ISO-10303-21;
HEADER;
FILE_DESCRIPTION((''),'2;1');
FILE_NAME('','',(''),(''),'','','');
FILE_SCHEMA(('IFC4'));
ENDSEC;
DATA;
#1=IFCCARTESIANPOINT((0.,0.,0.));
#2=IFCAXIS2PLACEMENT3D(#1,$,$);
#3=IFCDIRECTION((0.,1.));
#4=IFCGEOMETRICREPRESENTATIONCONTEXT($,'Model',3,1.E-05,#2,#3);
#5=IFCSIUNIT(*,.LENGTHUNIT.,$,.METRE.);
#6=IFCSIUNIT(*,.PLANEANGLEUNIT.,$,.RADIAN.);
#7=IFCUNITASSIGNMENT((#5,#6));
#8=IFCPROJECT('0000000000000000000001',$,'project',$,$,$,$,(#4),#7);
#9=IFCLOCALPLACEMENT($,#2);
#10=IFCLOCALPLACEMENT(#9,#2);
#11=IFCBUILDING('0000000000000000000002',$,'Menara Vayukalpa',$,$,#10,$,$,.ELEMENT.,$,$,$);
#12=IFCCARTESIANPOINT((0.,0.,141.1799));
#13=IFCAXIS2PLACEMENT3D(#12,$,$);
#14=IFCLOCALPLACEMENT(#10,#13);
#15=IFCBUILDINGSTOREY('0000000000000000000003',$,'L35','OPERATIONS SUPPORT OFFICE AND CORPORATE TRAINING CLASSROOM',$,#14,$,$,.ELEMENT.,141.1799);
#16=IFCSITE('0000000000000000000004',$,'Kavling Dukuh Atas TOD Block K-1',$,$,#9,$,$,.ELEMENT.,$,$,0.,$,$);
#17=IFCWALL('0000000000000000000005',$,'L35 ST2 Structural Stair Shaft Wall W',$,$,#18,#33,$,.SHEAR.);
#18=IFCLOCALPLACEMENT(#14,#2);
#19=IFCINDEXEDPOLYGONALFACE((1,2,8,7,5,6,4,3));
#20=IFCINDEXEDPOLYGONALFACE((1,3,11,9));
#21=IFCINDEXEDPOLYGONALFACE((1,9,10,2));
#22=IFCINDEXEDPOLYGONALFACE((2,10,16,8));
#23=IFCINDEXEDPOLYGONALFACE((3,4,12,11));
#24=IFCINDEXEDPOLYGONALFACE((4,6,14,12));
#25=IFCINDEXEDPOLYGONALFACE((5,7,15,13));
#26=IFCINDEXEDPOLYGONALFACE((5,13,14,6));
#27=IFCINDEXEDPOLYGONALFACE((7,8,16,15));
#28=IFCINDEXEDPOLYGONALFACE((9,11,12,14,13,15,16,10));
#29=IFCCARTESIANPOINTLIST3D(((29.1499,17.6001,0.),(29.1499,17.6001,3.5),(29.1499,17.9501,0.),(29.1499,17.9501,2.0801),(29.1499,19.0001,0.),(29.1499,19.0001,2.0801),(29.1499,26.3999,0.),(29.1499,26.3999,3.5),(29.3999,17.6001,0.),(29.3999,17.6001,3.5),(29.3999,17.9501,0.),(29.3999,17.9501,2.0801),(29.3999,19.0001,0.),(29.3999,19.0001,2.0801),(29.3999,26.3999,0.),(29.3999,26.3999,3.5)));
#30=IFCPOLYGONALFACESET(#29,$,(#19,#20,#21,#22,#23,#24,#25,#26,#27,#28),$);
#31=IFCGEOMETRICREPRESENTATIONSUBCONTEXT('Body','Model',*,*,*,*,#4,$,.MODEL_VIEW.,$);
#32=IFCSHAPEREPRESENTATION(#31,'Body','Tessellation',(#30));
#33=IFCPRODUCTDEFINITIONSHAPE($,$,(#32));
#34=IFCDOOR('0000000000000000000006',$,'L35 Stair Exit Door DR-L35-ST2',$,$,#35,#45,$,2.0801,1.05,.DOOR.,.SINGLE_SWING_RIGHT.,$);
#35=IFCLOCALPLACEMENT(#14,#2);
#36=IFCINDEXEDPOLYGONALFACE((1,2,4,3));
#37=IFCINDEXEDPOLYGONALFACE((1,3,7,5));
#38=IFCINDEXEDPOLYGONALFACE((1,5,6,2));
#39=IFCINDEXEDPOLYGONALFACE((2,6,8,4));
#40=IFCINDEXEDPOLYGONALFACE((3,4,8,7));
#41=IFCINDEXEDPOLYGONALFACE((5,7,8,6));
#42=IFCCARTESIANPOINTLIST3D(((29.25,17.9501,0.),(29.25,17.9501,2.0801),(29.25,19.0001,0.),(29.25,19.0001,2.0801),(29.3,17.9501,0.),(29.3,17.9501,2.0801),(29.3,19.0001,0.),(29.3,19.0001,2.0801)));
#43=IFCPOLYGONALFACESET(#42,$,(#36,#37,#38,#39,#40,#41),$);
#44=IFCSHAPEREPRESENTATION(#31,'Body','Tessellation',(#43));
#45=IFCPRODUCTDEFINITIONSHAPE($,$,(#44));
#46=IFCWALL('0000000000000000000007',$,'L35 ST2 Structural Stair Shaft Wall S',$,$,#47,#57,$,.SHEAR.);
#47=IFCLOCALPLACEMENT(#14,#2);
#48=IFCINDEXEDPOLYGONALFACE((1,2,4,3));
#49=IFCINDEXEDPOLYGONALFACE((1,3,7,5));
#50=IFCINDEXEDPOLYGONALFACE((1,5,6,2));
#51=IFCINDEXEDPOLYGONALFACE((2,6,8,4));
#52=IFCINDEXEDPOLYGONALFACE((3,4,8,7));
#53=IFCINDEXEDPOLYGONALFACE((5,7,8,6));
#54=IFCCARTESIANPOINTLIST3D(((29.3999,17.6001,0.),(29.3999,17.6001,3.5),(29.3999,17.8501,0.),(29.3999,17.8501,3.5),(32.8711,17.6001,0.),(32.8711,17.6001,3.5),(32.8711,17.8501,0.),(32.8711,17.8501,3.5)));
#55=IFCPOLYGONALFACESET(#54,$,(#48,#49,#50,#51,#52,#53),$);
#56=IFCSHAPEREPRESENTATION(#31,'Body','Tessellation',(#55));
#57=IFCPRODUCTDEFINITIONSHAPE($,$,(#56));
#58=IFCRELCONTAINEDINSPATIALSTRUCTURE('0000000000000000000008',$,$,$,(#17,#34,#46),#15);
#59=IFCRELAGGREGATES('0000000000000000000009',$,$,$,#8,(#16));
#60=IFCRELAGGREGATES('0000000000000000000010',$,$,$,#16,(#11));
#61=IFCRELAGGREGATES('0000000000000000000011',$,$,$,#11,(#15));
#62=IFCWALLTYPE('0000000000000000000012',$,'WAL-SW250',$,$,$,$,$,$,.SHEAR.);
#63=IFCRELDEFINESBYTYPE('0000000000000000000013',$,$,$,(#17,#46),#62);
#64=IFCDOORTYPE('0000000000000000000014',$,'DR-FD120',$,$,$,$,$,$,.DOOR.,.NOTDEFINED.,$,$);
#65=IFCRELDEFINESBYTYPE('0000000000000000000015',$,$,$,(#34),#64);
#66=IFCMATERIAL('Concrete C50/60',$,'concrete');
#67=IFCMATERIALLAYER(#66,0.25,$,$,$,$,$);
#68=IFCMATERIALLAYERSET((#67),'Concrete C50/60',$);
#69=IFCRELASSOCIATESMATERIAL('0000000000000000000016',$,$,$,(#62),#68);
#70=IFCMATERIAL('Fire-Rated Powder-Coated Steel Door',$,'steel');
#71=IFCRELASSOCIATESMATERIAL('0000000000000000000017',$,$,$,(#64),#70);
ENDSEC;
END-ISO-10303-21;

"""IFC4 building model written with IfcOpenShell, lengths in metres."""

from ifc_helpers import new_model, si_unit, direction, frame, frame_2d, origin, place, context, subcontext, project, spatial, rectangle, extrude, material, layer, layer_set, type_object, element, fill, save


model = new_model("IFC4")

# Units and contexts
model_context = context("Model", 3, precision=1e-05, world=origin(), true_north=direction((0.0, 1.0)))
body_context = subcontext(model_context, "Body", "Model", "MODEL_VIEW")
ifc_project = project(units=[si_unit("LENGTHUNIT", "METRE"), si_unit("PLANEANGLEUNIT", "RADIAN")], contexts=[model_context])

# Site, building, storey
site_placement = place(None, origin())
site = spatial("IfcSite", under=ifc_project, at=site_placement, Name="Kavling Dukuh Atas TOD Block K-1", CompositionType="ELEMENT", RefElevation=0.0)
building_placement = place(site_placement, origin())
building = spatial("IfcBuilding", under=site, at=building_placement, Name="Menara Vayukalpa", CompositionType="ELEMENT")
storey_placement = place(building_placement, frame((0.0, 0.0, 141.1799)))
storey = spatial("IfcBuildingStorey", under=building, at=storey_placement, Name="L35", Description="OPERATIONS SUPPORT OFFICE AND CORPORATE TRAINING CLASSROOM", CompositionType="ELEMENT", Elevation=141.1799)

# Wall, opening, door
ifc_material_1 = material(Name="Concrete C50/60", Category="concrete")
ifc_layer_1 = layer(ifc_material_1, 0.25)
ifc_layer_set_1 = layer_set([ifc_layer_1], Name="Concrete C50/60")
wall_type_1 = type_object("IfcWallType", Name="WAL-SW250", PredefinedType="SHEAR", material=ifc_layer_set_1)
wall_1_placement = place(storey_placement, frame((29.2749, 17.6001, 0.0), z_axis=(0.0, 0.0, 1.0), x_axis=(0.0, 1.0, 0.0)))
wall_1 = element("IfcWall", 1, at=wall_1_placement, inside=storey, type_object=wall_type_1, Name="L35 ST2 Structural Stair Shaft Wall W", PredefinedType="SHEAR", context=body_context, shape_type="SweptSolid", body=[
    extrude(rectangle(XDim=8.7998, YDim=0.25, at=frame_2d((4.3999, 0.0))), origin(), (0.0, 0.0, 1.0), 3.5),
])
opening_1_placement = place(wall_1_placement, frame((0.3501, 0.0, 0.0)))
opening_1 = element("IfcOpeningElement", 2, at=opening_1_placement, cuts=wall_1, PredefinedType="OPENING", context=body_context, shape_type="SweptSolid", body=[
    extrude(rectangle(XDim=1.05, YDim=2.0801, at=frame_2d((0.5249, 1.04))), frame((0.0, 0.135, 0.0), z_axis=(0.0, -1.0, 0.0), x_axis=(1.0, 0.0, 0.0)), (0.0, 0.0, 1.0), 0.27),
])
ifc_material_2 = material(Name="Fire-Rated Powder-Coated Steel Door", Category="steel")
door_type_1 = type_object("IfcDoorType", Name="DR-FD120", OperationType="NOTDEFINED", PredefinedType="DOOR", material=ifc_material_2)
door_1_placement = place(opening_1_placement, origin())
door_1 = element("IfcDoor", 3, at=door_1_placement, inside=storey, type_object=door_type_1, Name="L35 Stair Exit Door DR-L35-ST2", OperationType="SINGLE_SWING_RIGHT", OverallHeight=2.0801, OverallWidth=1.05, PredefinedType="DOOR", context=body_context, shape_type="SweptSolid", body=[
    extrude(rectangle(XDim=1.05, YDim=2.0801, at=frame_2d((0.5249, 1.04))), frame((0.0, 0.0249, 0.0), z_axis=(0.0, -1.0, 0.0), x_axis=(1.0, 0.0, 0.0)), (0.0, 0.0, 1.0), 0.05),
])
fill(opening_1, door_1)

# Wall
wall_2_placement = place(storey_placement, frame((29.3999, 17.7251, 0.0), z_axis=(0.0, 0.0, 1.0), x_axis=(1.0, 0.0, 0.0)))
element("IfcWall", 4, at=wall_2_placement, inside=storey, type_object=wall_type_1, Name="L35 ST2 Structural Stair Shaft Wall S", PredefinedType="SHEAR", context=body_context, shape_type="SweptSolid", body=[
    extrude(rectangle(XDim=3.4712, YDim=0.25, at=frame_2d((1.7356, 0.0))), origin(), (0.0, 0.0, 1.0), 3.5),
])

save(model, "model.ifc")
